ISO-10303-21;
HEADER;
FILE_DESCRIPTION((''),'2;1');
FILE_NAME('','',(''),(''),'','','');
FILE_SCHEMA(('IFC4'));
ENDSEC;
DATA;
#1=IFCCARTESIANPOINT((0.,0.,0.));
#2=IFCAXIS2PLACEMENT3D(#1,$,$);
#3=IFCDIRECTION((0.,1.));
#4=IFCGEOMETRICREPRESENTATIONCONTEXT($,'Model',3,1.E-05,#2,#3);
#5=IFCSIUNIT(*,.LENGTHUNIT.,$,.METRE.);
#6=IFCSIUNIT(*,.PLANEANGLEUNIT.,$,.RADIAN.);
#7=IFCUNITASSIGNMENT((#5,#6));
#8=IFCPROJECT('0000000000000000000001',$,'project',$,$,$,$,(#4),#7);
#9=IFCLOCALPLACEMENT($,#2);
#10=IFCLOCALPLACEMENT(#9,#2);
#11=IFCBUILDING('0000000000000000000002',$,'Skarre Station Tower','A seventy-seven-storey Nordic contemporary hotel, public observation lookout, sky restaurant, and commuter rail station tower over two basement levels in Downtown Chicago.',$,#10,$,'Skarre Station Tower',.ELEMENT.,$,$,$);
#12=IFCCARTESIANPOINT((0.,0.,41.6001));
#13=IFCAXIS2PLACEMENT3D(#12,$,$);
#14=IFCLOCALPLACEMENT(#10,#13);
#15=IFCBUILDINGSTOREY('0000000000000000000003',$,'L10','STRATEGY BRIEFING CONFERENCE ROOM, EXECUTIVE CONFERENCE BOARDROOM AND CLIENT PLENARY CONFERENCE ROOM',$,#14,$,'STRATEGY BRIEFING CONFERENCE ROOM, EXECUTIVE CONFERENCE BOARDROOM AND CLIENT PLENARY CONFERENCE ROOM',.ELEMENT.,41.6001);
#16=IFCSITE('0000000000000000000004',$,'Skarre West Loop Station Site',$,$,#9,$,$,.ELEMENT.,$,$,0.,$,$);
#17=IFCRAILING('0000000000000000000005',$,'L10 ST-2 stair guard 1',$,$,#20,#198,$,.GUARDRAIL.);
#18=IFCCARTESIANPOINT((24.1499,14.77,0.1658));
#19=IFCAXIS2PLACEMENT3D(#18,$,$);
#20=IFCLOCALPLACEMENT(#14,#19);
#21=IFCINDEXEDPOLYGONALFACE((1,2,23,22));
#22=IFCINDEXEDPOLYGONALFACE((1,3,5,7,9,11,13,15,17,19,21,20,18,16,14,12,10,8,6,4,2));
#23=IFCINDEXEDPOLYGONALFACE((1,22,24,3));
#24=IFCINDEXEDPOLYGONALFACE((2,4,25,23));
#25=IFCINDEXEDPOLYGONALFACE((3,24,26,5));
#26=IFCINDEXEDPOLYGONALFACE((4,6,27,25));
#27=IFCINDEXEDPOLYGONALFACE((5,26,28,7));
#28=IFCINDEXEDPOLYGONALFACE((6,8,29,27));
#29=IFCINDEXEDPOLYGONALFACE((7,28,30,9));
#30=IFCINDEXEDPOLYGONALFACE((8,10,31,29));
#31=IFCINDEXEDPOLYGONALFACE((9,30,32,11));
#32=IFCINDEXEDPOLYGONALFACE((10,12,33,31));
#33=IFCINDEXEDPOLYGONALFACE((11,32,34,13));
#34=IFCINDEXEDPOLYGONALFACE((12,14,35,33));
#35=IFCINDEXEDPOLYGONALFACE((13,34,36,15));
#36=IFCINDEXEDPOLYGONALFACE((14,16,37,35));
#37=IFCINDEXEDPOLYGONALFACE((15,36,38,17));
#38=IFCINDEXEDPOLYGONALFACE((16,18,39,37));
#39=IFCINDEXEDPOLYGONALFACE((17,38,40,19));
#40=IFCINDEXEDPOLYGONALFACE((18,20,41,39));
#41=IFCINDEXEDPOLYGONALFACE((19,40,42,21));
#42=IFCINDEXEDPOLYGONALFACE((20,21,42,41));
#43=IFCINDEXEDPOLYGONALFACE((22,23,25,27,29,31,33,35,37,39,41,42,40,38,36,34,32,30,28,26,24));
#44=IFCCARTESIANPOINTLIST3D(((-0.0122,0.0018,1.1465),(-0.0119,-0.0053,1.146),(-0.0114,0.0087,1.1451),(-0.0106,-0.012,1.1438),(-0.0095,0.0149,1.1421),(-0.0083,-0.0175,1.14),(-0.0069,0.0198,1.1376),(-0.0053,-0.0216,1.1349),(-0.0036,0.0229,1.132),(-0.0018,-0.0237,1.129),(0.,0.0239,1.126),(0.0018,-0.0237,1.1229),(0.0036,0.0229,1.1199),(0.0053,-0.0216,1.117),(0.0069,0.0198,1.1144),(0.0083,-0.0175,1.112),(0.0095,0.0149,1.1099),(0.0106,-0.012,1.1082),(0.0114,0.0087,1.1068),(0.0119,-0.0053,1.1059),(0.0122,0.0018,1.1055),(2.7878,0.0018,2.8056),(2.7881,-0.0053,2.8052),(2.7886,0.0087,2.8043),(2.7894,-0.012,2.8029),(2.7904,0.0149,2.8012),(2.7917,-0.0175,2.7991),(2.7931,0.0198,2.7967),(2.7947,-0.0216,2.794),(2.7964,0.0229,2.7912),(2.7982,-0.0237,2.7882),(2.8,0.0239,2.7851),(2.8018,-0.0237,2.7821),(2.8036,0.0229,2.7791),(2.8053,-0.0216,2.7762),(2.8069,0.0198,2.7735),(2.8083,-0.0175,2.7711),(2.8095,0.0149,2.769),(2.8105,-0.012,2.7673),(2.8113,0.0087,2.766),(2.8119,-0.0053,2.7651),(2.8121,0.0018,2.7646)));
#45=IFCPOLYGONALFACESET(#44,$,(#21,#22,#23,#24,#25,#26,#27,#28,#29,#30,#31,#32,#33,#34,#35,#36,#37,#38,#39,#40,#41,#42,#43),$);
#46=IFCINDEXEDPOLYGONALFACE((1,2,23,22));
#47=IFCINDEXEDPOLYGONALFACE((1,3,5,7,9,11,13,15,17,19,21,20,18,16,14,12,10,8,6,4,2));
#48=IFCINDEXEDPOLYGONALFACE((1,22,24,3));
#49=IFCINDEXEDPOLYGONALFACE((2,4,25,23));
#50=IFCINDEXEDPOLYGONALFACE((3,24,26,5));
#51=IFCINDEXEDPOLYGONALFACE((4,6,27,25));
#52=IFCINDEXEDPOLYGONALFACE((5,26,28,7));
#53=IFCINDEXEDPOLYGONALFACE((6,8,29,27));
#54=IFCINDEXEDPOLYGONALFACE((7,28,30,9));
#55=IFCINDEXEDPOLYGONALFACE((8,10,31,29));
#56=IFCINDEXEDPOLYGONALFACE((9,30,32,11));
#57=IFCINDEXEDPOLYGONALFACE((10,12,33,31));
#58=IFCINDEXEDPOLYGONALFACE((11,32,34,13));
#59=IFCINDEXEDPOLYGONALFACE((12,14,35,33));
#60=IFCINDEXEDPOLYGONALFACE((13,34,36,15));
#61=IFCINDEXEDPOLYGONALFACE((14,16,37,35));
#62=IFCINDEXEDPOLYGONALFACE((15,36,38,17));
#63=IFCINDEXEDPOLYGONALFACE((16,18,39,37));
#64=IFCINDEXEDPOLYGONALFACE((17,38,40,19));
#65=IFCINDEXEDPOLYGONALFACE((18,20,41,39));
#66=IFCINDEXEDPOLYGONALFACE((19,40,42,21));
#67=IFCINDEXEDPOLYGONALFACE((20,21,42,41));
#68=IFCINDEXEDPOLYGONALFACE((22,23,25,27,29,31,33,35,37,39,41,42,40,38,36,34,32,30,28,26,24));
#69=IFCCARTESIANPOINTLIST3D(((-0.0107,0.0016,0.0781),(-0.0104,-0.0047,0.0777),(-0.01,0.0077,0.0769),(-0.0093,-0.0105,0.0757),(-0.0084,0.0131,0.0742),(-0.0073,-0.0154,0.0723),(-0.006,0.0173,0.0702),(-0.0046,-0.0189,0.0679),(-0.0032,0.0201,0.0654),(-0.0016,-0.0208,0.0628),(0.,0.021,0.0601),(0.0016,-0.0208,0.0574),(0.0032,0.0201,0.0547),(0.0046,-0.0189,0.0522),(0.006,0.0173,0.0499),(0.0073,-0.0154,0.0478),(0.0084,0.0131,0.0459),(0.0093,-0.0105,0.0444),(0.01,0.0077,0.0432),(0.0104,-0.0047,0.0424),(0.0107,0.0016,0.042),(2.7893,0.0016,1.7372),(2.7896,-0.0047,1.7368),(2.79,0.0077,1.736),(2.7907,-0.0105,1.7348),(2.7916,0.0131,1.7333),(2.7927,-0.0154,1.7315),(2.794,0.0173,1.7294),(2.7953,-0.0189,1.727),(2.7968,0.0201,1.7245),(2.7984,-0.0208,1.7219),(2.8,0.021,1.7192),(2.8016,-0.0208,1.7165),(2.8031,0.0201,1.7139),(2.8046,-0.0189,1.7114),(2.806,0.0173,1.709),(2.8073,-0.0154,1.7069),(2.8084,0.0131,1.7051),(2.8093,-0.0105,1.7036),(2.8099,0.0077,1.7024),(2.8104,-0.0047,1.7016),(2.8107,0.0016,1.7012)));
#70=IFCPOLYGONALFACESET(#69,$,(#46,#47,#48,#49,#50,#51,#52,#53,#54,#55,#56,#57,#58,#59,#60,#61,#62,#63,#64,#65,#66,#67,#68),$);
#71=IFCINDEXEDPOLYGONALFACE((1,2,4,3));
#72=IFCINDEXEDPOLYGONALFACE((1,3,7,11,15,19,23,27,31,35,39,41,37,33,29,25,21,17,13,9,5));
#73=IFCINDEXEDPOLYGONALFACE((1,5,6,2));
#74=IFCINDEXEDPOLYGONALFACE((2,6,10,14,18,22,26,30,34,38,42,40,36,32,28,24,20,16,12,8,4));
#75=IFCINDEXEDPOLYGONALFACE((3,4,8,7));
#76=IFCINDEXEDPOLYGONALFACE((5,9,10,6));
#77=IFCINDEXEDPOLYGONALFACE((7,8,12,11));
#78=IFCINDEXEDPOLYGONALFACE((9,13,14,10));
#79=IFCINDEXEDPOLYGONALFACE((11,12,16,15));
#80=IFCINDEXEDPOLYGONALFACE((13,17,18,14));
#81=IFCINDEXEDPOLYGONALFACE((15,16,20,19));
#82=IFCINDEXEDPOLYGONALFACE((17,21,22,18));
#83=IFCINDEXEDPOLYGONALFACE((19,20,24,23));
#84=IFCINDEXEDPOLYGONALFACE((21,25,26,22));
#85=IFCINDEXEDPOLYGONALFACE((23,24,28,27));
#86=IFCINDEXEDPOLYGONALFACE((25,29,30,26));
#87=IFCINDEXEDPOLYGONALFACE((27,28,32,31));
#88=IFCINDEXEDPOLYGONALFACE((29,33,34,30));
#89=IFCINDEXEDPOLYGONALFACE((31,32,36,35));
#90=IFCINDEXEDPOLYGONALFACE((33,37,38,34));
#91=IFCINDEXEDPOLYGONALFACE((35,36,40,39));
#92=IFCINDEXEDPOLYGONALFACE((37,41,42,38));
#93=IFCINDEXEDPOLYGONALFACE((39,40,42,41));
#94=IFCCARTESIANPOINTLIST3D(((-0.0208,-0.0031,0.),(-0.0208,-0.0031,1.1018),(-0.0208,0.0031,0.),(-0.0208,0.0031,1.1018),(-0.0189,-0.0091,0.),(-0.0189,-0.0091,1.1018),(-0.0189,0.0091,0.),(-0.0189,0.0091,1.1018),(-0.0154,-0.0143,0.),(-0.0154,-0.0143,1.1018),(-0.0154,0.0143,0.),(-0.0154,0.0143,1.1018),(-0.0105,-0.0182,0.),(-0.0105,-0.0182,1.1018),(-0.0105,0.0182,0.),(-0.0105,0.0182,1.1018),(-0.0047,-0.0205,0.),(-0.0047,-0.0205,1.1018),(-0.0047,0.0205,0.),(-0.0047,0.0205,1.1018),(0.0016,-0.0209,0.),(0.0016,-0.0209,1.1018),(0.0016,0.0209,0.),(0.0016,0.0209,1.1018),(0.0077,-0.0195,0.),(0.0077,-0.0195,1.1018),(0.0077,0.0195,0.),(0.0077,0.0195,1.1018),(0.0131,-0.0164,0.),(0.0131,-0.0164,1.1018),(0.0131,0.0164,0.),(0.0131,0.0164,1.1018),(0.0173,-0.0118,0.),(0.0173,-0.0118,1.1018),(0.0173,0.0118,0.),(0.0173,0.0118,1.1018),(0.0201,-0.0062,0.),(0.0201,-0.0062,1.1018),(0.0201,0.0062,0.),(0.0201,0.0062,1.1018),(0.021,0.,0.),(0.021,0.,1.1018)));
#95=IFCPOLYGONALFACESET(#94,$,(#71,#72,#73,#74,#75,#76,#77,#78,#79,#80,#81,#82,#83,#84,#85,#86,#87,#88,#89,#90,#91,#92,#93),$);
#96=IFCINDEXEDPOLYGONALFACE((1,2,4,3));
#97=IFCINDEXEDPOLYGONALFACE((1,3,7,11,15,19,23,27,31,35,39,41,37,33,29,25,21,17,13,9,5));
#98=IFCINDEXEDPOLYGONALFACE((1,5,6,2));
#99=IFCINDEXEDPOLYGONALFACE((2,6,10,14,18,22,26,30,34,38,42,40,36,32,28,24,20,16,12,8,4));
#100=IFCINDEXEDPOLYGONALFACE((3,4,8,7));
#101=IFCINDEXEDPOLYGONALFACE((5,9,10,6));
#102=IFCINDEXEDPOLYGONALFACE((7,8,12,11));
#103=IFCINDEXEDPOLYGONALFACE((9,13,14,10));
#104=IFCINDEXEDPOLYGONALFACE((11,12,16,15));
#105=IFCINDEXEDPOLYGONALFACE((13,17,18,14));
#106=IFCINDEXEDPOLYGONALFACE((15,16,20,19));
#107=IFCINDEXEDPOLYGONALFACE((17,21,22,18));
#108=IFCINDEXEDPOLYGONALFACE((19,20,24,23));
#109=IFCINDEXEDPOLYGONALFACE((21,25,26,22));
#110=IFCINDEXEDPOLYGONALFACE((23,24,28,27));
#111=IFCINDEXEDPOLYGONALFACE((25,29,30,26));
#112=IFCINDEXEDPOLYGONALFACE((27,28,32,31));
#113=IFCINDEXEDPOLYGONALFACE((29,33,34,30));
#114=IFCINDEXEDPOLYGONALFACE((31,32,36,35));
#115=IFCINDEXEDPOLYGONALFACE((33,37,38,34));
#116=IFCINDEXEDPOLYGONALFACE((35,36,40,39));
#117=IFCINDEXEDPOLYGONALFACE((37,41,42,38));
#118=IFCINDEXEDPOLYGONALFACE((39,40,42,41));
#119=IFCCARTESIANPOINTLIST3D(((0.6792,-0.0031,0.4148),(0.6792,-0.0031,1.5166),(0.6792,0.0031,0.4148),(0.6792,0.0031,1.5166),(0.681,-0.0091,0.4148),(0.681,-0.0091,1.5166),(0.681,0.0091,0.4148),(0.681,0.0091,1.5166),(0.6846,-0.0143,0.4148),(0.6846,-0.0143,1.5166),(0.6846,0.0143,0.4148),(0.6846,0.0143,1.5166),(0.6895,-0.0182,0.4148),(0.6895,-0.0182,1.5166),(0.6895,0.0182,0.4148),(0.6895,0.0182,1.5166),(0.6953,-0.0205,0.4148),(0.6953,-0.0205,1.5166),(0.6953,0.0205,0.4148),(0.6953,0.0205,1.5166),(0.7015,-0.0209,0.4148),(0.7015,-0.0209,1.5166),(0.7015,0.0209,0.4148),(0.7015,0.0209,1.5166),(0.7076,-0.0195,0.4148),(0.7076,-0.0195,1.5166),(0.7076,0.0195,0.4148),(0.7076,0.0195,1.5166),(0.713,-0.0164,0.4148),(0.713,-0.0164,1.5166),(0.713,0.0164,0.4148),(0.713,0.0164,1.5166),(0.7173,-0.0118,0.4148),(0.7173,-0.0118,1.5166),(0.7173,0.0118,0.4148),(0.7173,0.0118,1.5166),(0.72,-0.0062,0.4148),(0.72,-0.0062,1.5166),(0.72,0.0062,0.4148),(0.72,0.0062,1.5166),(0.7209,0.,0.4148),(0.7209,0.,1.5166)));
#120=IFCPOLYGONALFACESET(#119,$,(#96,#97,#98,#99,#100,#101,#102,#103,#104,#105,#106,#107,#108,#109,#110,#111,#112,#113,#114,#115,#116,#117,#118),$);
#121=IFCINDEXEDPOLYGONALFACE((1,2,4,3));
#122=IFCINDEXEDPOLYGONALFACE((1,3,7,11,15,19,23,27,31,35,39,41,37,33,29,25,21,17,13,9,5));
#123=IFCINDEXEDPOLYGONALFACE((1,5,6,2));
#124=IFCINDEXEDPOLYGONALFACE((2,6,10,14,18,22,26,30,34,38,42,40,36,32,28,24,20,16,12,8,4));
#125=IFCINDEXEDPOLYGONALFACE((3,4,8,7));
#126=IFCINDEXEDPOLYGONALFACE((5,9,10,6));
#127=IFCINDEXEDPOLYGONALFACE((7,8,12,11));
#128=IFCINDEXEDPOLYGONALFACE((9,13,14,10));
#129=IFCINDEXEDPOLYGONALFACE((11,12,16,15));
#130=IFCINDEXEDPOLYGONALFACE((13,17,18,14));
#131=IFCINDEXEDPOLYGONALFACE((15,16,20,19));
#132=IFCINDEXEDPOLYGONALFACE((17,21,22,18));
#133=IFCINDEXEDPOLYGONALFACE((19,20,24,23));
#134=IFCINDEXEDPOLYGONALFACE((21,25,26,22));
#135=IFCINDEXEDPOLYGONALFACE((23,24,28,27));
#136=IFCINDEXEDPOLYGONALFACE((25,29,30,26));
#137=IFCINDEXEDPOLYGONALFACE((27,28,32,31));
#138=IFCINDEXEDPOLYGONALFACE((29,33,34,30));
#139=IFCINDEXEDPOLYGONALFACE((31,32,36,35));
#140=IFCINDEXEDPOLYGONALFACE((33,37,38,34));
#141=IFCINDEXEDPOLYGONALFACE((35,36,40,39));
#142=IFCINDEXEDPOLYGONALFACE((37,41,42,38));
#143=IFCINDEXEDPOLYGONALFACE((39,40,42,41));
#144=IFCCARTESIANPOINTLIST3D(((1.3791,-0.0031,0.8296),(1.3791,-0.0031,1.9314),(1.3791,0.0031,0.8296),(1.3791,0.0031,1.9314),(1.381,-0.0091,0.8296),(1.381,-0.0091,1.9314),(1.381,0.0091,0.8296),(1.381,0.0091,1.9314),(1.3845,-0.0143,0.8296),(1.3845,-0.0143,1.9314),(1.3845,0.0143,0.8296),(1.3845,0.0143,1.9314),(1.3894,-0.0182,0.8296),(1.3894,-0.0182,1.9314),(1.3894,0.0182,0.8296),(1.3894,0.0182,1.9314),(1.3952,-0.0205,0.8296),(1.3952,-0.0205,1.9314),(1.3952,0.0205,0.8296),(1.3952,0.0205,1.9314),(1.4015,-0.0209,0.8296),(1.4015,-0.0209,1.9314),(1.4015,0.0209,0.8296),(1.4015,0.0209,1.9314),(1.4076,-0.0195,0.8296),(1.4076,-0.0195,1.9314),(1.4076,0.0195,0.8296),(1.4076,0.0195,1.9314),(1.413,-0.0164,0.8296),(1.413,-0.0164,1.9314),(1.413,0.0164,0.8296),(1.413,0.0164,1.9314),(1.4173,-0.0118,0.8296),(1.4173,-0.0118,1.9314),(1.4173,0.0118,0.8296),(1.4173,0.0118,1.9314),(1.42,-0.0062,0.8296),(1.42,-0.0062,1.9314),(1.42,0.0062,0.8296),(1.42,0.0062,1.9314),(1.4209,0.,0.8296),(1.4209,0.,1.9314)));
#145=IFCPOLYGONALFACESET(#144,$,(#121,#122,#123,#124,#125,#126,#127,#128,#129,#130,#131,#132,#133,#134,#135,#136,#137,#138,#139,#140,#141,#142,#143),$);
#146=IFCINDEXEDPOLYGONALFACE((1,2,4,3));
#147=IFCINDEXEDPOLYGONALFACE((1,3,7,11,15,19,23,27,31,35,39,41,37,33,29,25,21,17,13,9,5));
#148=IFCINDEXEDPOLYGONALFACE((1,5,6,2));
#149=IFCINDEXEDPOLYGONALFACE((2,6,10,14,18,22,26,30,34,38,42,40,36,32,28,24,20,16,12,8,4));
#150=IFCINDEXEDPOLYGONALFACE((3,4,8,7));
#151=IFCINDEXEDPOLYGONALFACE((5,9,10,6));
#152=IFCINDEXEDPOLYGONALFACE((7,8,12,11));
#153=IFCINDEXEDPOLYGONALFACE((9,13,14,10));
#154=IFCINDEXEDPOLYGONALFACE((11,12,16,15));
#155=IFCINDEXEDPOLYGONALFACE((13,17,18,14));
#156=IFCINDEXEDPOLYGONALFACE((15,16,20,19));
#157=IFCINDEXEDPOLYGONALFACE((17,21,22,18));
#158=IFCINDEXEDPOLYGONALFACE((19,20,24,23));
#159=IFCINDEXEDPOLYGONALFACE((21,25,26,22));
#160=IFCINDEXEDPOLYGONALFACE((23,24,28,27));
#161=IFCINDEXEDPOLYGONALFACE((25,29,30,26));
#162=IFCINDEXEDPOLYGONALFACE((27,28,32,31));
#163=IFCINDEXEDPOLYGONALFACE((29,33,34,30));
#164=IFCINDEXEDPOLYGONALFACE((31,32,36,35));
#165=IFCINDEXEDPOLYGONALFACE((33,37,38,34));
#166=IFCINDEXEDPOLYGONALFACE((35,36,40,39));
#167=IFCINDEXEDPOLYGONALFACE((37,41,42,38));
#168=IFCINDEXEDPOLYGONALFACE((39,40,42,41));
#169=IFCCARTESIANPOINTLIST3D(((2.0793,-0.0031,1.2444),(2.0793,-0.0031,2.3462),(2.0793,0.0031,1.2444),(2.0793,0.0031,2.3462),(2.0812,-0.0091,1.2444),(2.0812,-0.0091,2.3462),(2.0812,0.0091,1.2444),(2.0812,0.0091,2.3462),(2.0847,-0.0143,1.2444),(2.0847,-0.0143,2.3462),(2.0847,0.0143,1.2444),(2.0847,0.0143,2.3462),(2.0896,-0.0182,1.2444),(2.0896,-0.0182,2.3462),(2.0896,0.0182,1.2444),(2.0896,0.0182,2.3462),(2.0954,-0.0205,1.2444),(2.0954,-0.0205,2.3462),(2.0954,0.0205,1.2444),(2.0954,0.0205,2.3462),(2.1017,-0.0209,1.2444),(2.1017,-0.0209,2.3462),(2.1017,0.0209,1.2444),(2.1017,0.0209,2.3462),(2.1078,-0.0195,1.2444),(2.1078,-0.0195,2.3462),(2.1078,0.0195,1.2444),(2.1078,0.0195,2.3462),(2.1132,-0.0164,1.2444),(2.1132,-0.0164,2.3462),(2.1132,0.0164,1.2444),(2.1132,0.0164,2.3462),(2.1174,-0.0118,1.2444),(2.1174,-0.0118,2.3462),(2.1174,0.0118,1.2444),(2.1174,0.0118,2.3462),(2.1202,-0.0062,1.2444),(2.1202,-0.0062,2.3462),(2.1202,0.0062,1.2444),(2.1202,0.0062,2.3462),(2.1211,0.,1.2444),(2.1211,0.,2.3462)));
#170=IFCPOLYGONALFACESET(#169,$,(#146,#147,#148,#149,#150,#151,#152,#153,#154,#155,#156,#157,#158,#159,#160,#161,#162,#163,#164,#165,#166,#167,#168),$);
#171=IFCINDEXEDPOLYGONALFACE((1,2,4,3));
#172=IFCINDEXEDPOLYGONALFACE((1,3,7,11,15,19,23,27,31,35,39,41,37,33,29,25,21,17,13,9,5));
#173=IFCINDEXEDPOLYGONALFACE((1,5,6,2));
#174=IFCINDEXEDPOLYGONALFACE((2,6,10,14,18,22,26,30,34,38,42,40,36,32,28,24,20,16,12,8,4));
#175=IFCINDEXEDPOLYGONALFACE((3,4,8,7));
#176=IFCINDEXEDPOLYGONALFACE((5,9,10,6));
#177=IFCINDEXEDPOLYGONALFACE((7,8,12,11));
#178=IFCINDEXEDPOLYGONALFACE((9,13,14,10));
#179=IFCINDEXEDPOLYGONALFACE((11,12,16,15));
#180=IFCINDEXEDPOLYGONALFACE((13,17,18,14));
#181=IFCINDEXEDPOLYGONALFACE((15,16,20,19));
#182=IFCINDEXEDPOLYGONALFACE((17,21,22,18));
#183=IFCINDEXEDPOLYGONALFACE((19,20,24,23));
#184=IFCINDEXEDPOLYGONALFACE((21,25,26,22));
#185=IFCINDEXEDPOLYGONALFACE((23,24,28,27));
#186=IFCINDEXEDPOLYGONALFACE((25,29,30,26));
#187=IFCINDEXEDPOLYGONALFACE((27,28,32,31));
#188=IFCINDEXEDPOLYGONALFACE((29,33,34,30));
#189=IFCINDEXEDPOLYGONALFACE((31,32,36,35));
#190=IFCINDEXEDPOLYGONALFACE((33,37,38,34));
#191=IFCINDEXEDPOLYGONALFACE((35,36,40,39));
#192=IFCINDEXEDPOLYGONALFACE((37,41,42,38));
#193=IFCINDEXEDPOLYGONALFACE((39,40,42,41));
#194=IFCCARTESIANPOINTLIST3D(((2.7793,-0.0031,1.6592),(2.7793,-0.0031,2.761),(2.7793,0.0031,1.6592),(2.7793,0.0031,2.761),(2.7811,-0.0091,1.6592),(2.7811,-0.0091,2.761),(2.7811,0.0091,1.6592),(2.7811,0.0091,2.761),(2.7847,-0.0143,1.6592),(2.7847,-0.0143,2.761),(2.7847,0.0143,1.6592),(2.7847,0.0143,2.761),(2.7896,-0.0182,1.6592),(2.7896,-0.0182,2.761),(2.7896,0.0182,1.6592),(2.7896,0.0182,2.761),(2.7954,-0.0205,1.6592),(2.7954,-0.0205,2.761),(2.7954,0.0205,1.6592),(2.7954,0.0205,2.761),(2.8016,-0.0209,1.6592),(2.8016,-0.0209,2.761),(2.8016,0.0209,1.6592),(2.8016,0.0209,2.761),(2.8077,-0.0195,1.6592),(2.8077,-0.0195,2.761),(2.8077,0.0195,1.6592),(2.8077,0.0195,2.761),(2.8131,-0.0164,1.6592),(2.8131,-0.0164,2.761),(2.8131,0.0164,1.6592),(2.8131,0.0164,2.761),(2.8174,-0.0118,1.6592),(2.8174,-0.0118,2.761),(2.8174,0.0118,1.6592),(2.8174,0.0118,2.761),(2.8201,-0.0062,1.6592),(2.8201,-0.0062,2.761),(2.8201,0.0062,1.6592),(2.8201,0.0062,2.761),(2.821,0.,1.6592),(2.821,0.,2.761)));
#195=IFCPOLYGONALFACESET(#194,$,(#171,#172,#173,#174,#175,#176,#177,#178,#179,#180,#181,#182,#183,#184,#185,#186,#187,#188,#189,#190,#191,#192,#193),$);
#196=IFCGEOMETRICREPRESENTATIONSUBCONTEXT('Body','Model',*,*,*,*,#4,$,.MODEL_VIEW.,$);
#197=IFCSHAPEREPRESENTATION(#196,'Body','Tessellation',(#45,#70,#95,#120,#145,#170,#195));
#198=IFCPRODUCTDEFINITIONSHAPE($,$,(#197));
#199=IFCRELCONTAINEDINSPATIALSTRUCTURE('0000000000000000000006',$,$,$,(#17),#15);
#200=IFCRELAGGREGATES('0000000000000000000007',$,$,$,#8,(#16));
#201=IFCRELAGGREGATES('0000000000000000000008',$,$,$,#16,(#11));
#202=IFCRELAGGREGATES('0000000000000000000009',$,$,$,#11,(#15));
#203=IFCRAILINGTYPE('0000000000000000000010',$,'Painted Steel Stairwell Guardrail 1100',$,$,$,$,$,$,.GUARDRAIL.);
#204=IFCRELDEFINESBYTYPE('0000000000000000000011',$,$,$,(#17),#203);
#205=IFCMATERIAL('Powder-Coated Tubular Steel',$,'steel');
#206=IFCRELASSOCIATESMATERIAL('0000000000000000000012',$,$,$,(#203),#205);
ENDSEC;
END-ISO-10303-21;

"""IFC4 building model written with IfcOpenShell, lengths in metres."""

from ifc_helpers import new_model, si_unit, direction, frame, origin, origin_2d, place, context, subcontext, project, spatial, circle, extrude, material, type_object, element, save


model = new_model("IFC4")

# Units and contexts
model_context = context("Model", 3, precision=1e-05, world=origin(), true_north=direction((0.0, 1.0)))
body_context = subcontext(model_context, "Body", "Model", "MODEL_VIEW")
ifc_project = project(units=[si_unit("LENGTHUNIT", "METRE"), si_unit("PLANEANGLEUNIT", "RADIAN")], contexts=[model_context])

# Site, building, storey
site_placement = place(None, origin())
site = spatial("IfcSite", under=ifc_project, at=site_placement, Name="Skarre West Loop Station Site", CompositionType="ELEMENT", RefElevation=0.0)
building_placement = place(site_placement, origin())
building = spatial("IfcBuilding", under=site, at=building_placement, Name="Skarre Station Tower", Description="A seventy-seven-storey Nordic contemporary hotel, public observation lookout, sky restaurant, and commuter rail station tower over two basement levels in Downtown Chicago.", LongName="Skarre Station Tower", CompositionType="ELEMENT")
storey_placement = place(building_placement, frame((0.0, 0.0, 41.6001)))
storey = spatial("IfcBuildingStorey", under=building, at=storey_placement, Name="L10", Description="STRATEGY BRIEFING CONFERENCE ROOM, EXECUTIVE CONFERENCE BOARDROOM AND CLIENT PLENARY CONFERENCE ROOM", LongName="STRATEGY BRIEFING CONFERENCE ROOM, EXECUTIVE CONFERENCE BOARDROOM AND CLIENT PLENARY CONFERENCE ROOM", CompositionType="ELEMENT", Elevation=41.6001)

# Railing
ifc_material_1 = material(Name="Powder-Coated Tubular Steel", Category="steel")
railing_type_1 = type_object("IfcRailingType", Name="Painted Steel Stairwell Guardrail 1100", PredefinedType="GUARDRAIL", material=ifc_material_1)
railing_1_placement = place(storey_placement, frame((24.1499, 14.77, 0.1658)))
element("IfcRailing", 1, at=railing_1_placement, inside=storey, type_object=railing_type_1, Name="L10 ST-2 stair guard 1", PredefinedType="GUARDRAIL", context=body_context, shape_type="SweptSolid", body=[
    extrude(circle(Radius=0.0239, at=origin_2d()), frame((0.0, 0.0, 1.126), z_axis=(0.860306, 0.0, 0.509778), x_axis=(0.0, 1.0, 0.0)), (0.0, 0.0, 1.0), 3.2546),
    extrude(circle(Radius=0.021, at=origin_2d()), frame((0.0, 0.0, 0.0601), z_axis=(0.860306, 0.0, 0.509778), x_axis=(0.0, 1.0, 0.0)), (0.0, 0.0, 1.0), 3.2546),
    extrude(circle(Radius=0.021, at=origin_2d()), origin(), (0.0, 0.0, 1.0), 1.1018),
    extrude(circle(Radius=0.021, at=origin_2d()), frame((0.7, 0.0, 0.4148)), (0.0, 0.0, 1.0), 1.1018),
    extrude(circle(Radius=0.021, at=origin_2d()), frame((1.3999, 0.0, 0.8296)), (0.0, 0.0, 1.0), 1.1018),
    extrude(circle(Radius=0.021, at=origin_2d()), frame((2.1001, 0.0, 1.2444)), (0.0, 0.0, 1.0), 1.1018),
    extrude(circle(Radius=0.021, at=origin_2d()), frame((2.8, 0.0, 1.6592)), (0.0, 0.0, 1.0), 1.1018),
])

save(model, "model.ifc")
